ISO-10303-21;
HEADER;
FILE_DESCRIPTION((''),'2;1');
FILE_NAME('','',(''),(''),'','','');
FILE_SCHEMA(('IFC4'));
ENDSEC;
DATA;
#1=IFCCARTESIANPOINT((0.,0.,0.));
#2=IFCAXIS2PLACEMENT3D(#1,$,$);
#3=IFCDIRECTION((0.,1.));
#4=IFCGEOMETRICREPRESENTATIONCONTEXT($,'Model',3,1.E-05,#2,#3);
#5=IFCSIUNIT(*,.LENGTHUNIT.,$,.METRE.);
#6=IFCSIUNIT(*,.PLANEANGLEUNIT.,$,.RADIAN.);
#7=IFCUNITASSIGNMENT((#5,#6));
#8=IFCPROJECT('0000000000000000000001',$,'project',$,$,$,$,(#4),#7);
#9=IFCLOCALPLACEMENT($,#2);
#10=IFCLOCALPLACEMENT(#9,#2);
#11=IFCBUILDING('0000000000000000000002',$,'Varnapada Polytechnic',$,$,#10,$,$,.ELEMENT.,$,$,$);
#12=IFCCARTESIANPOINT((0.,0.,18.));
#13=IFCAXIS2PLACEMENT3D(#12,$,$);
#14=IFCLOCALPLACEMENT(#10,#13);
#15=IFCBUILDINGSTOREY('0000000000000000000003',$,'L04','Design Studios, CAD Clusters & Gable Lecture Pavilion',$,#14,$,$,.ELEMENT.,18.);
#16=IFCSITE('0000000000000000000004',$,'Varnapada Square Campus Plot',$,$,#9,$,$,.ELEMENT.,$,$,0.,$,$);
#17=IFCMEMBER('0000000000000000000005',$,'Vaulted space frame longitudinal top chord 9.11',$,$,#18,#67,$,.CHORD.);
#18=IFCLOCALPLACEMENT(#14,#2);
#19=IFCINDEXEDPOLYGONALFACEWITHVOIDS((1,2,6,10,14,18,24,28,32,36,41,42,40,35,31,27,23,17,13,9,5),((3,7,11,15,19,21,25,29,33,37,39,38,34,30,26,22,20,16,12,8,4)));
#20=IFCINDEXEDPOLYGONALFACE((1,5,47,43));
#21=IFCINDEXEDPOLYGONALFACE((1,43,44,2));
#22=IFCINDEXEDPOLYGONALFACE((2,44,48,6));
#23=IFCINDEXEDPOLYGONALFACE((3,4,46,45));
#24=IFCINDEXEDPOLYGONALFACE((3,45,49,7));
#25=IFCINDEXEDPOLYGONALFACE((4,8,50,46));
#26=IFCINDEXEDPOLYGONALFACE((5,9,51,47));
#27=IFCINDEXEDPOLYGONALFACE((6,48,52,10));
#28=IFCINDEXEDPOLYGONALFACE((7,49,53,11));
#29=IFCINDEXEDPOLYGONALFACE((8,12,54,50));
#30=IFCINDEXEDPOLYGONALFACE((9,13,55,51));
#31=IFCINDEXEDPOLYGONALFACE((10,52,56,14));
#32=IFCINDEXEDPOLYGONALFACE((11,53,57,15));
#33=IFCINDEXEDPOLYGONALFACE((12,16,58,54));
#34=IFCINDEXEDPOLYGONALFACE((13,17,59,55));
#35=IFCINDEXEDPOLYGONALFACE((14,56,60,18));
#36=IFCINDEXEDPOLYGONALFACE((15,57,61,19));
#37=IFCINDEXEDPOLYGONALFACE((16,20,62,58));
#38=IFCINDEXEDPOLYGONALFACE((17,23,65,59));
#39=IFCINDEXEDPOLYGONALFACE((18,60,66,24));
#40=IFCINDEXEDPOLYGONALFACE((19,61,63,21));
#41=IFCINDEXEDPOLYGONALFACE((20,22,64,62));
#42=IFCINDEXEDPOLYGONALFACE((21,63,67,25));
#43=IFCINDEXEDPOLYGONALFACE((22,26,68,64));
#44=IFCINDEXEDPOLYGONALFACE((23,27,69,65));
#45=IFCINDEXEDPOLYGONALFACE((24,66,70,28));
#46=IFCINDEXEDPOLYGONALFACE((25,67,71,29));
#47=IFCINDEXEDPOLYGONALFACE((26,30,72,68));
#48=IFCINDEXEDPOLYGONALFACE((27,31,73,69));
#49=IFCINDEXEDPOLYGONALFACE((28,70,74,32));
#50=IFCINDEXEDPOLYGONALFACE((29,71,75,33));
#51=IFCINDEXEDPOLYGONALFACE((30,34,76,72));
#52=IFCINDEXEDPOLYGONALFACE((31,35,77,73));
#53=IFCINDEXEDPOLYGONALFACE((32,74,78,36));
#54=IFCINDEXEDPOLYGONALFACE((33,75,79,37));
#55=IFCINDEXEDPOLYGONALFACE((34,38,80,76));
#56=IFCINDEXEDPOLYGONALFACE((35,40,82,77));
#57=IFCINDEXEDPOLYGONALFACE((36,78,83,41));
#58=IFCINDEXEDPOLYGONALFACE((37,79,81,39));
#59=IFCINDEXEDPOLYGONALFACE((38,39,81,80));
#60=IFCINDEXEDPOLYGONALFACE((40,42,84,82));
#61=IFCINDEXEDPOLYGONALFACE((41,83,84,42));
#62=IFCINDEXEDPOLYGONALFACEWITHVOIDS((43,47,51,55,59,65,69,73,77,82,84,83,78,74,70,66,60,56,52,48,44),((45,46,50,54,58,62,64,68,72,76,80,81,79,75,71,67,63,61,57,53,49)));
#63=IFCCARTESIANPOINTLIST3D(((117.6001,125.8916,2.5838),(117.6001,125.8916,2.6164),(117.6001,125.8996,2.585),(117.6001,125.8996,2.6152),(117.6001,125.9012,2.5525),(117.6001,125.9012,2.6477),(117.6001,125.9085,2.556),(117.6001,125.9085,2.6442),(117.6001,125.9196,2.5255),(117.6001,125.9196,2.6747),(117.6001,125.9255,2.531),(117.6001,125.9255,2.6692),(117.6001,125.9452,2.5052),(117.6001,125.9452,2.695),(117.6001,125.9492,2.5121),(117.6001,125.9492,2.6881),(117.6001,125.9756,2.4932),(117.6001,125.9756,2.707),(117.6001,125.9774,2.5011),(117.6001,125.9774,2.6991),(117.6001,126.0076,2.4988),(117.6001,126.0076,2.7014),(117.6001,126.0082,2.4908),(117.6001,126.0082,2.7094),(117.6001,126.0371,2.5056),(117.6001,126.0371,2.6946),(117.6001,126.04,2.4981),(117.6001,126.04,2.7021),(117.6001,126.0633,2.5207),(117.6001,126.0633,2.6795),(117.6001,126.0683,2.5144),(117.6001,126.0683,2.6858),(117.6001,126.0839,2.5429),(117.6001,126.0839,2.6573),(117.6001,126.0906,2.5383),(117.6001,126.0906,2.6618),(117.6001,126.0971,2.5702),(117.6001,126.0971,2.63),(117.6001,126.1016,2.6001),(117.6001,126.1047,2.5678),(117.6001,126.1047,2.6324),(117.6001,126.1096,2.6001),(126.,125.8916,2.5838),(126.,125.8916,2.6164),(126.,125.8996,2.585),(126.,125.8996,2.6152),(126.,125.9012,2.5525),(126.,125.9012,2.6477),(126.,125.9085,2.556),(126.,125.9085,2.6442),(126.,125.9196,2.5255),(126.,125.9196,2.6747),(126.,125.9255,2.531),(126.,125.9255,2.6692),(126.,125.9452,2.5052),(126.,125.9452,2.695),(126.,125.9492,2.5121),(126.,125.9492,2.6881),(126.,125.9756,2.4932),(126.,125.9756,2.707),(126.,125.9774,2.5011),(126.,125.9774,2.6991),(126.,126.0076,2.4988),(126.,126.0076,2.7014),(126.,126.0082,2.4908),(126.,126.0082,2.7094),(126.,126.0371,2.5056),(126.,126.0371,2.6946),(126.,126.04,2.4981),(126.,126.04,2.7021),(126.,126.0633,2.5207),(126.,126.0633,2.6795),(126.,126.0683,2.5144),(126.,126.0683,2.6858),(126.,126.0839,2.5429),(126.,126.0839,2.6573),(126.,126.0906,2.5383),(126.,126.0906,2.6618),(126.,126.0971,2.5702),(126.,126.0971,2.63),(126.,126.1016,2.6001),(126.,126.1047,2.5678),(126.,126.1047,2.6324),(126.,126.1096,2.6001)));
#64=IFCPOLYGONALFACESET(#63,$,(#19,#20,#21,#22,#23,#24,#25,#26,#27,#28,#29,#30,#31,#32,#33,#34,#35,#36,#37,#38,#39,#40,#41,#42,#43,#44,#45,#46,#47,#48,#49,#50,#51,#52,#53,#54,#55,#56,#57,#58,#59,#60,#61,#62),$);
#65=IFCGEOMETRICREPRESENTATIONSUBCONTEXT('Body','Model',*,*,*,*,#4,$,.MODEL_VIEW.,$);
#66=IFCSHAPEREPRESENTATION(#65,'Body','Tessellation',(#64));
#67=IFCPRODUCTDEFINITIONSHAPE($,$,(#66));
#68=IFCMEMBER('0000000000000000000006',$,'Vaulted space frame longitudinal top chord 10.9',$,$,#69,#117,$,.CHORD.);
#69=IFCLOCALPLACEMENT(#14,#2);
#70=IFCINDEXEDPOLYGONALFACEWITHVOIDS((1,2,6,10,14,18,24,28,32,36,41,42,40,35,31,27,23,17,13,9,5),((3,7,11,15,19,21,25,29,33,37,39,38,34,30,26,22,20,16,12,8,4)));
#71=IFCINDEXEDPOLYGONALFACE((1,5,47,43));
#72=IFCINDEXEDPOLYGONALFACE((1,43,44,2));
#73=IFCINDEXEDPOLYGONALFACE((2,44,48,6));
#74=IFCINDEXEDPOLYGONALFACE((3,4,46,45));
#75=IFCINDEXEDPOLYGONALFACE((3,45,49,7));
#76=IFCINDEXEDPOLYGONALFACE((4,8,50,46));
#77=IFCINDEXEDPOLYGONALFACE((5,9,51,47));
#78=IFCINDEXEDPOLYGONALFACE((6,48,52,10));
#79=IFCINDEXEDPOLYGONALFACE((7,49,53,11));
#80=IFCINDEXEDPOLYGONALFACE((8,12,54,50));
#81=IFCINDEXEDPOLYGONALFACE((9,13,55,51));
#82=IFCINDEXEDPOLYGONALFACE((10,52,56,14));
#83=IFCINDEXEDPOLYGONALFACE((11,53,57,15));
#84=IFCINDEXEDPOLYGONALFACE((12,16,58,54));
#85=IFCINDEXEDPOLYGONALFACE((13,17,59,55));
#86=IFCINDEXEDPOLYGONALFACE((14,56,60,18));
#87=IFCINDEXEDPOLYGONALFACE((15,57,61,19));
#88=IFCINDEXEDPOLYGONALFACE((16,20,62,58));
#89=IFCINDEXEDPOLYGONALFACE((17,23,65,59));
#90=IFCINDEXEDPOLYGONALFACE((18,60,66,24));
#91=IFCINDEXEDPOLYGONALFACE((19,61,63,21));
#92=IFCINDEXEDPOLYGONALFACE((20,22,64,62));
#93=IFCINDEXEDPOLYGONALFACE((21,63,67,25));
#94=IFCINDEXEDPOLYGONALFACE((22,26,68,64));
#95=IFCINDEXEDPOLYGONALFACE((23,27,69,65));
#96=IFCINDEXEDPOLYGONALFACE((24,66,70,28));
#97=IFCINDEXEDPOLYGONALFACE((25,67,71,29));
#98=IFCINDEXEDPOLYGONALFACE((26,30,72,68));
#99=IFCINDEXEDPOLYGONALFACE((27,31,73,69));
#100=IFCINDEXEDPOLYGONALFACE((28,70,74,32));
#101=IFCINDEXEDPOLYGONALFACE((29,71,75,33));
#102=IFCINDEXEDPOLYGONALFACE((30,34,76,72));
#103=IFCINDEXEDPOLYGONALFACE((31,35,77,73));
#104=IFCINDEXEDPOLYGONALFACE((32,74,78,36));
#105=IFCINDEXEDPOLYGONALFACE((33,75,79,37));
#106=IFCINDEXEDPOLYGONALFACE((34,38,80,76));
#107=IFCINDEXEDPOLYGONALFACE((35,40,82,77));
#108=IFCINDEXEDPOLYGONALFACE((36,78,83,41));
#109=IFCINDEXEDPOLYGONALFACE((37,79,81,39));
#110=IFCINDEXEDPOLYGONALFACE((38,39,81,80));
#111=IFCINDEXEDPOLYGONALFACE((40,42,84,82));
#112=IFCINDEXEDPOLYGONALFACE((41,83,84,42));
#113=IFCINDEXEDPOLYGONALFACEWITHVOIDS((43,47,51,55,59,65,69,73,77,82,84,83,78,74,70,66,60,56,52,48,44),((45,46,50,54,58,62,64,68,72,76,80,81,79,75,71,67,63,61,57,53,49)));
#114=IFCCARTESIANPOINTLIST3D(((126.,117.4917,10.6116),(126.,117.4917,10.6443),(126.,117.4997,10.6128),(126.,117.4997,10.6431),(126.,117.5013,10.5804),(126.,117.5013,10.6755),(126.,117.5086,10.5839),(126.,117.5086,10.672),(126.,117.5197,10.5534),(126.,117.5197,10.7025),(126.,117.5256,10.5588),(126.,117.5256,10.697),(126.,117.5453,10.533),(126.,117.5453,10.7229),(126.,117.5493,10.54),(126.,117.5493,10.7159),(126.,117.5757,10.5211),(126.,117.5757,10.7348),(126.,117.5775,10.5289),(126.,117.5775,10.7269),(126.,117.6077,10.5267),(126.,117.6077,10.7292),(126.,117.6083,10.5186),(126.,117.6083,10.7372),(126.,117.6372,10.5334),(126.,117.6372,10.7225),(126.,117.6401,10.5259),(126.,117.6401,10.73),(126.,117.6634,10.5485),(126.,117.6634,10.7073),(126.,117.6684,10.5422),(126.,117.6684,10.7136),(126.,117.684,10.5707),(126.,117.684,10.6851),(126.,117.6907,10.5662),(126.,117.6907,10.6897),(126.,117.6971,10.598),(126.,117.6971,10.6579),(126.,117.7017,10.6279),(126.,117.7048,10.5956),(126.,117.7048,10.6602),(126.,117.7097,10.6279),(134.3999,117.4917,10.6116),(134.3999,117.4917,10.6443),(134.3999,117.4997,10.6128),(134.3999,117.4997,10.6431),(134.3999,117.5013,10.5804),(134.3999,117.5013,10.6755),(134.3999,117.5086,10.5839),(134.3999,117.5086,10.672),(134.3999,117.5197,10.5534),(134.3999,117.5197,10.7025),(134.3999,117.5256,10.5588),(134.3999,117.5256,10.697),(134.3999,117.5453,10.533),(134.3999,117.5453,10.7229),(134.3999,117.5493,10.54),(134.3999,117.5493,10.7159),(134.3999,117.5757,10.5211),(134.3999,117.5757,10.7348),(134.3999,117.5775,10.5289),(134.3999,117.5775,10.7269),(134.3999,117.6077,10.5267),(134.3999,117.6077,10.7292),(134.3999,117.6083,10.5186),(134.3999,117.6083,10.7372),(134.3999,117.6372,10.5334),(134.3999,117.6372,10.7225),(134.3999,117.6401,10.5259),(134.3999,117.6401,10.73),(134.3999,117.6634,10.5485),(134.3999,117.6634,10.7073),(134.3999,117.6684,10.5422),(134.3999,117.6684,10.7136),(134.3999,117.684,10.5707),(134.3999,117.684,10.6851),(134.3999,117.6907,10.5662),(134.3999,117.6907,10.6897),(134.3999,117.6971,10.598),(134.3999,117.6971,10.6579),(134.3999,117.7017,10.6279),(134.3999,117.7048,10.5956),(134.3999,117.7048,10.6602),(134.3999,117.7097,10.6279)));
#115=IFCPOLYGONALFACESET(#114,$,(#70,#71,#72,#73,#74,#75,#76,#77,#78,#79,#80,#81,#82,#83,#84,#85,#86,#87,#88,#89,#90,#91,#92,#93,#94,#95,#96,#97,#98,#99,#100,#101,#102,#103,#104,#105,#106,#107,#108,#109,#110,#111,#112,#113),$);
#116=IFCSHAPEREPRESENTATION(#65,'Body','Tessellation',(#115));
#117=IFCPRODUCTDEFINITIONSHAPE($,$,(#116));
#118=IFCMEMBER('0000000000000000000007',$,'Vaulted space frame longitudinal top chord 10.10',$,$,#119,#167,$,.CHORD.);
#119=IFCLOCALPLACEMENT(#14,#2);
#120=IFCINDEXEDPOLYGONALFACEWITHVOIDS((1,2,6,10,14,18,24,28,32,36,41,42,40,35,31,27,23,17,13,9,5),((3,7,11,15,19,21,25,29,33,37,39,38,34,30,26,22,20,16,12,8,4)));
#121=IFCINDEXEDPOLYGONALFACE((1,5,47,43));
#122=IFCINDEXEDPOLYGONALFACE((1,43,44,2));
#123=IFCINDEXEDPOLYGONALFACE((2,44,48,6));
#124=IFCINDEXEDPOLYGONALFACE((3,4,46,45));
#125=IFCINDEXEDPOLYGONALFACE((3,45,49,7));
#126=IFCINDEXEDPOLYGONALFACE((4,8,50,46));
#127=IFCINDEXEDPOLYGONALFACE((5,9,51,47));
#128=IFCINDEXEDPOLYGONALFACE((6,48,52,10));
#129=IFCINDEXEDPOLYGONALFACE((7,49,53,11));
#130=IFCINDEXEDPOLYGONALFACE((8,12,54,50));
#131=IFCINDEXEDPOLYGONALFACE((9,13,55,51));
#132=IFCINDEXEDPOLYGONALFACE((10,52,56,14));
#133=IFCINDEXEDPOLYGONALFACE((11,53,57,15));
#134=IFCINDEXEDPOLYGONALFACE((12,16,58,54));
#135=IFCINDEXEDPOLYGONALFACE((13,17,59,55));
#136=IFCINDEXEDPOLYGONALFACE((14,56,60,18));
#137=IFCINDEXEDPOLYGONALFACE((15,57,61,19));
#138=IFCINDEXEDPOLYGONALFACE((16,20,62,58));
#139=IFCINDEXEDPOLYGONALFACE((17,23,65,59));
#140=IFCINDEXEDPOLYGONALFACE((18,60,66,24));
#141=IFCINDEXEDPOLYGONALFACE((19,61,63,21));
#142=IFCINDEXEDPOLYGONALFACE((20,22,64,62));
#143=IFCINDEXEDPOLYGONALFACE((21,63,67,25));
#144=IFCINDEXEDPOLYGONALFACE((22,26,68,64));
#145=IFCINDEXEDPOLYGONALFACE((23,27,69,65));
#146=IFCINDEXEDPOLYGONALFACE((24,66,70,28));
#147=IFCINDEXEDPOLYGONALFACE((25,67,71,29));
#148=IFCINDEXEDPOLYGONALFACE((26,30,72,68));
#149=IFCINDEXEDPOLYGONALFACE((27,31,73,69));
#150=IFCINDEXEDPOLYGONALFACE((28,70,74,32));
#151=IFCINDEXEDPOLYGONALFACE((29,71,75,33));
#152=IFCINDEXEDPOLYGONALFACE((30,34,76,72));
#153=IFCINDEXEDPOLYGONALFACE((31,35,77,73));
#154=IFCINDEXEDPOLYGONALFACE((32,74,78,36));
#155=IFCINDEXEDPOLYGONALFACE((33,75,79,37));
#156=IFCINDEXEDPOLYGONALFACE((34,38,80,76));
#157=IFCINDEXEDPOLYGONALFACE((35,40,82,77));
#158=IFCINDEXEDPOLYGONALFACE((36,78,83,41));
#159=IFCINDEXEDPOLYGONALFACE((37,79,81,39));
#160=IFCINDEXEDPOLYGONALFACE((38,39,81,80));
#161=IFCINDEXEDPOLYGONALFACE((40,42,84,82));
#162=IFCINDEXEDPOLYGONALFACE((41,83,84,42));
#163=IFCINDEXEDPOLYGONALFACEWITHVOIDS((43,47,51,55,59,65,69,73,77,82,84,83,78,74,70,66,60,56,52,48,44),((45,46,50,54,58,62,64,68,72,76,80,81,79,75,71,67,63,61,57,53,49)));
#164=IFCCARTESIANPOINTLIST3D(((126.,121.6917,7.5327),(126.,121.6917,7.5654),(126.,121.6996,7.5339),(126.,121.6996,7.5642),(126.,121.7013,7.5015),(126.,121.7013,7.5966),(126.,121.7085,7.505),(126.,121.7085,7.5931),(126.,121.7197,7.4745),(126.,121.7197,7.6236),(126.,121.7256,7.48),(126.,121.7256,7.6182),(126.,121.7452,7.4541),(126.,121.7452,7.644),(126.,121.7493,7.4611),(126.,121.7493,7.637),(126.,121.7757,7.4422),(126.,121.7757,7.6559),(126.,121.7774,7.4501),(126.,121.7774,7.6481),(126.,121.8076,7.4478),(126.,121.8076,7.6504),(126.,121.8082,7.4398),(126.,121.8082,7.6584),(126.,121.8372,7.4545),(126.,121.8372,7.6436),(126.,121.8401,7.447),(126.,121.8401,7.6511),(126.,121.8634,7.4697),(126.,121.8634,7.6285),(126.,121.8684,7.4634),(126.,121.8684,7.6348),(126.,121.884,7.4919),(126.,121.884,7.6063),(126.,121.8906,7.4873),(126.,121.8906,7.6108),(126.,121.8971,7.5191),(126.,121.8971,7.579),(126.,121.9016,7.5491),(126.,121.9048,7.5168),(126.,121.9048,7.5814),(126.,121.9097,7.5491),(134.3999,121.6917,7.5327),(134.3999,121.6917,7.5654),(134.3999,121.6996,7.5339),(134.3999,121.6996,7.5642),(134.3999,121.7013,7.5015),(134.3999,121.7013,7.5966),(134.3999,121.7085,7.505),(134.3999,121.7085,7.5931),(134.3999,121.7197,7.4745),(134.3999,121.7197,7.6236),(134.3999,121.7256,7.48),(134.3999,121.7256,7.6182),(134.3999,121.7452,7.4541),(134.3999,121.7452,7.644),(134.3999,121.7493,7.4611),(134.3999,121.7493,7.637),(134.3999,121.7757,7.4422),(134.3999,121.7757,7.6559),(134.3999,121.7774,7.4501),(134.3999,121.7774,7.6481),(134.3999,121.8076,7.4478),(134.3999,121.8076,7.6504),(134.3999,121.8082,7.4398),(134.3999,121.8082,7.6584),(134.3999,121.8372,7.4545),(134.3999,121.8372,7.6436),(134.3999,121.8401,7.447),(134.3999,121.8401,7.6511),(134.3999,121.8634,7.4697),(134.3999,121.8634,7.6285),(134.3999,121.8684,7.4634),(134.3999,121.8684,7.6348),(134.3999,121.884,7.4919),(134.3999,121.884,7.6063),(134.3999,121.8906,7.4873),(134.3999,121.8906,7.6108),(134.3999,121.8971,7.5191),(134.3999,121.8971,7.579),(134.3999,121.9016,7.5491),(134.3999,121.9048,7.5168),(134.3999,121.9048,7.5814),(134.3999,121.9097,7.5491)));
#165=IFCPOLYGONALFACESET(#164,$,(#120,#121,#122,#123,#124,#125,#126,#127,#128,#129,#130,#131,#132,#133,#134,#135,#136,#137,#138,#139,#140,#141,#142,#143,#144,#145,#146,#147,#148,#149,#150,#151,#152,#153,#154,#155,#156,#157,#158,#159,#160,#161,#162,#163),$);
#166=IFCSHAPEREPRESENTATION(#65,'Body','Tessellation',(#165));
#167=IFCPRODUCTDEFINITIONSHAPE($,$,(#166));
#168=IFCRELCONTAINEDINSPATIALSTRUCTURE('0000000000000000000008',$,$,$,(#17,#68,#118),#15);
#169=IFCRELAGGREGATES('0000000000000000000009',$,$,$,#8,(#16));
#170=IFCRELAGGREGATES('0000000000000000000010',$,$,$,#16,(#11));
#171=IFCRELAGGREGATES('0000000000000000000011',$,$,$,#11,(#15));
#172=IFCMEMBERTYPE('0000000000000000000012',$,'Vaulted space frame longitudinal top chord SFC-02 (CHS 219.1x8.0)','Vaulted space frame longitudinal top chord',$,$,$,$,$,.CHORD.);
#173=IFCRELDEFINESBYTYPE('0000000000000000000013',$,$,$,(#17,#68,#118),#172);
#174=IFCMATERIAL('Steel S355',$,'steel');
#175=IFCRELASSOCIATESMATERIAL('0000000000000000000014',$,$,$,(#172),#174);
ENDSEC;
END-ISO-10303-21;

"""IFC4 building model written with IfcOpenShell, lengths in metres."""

from ifc_helpers import new_model, si_unit, direction, frame, origin, origin_2d, place, context, subcontext, project, spatial, hollow_circle, extrude, material, material_profile, profile_set, type_object, element, save


model = new_model("IFC4")

# Units and contexts
model_context = context("Model", 3, precision=1e-05, world=origin(), true_north=direction((0.0, 1.0)))
body_context = subcontext(model_context, "Body", "Model", "MODEL_VIEW")
ifc_project = project(units=[si_unit("LENGTHUNIT", "METRE"), si_unit("PLANEANGLEUNIT", "RADIAN")], contexts=[model_context])

# Site, building, storey
site_placement = place(None, origin())
site = spatial("IfcSite", under=ifc_project, at=site_placement, Name="Varnapada Square Campus Plot", CompositionType="ELEMENT", RefElevation=0.0)
building_placement = place(site_placement, origin())
building = spatial("IfcBuilding", under=site, at=building_placement, Name="Varnapada Polytechnic", CompositionType="ELEMENT")
storey_placement = place(building_placement, frame((0.0, 0.0, 18.0)))
storey = spatial("IfcBuildingStorey", under=building, at=storey_placement, Name="L04", Description="Design Studios, CAD Clusters & Gable Lecture Pavilion", CompositionType="ELEMENT", Elevation=18.0)

# Shared definitions
ifc_material = material(Name="Steel S355", Category="steel")

# Members
ifc_material_profile_1 = material_profile(ifc_material, hollow_circle(Radius=0.1096, WallThickness=0.0081, at=origin_2d()), Name="CHS 219.1x8.0")
ifc_profile_set_1 = profile_set([ifc_material_profile_1], Name="Steel S355")
member_type_1 = type_object("IfcMemberType", Name="Vaulted space frame longitudinal top chord SFC-02 (CHS 219.1x8.0)", Description="Vaulted space frame longitudinal top chord", PredefinedType="CHORD", material=ifc_profile_set_1)
for number, where, z_axis, x_axis, name in (
    (1, (117.6001, 126.0, 2.6001), (1.0, 0.0, 0.0), (0.0, 1.0, 0.0), "Vaulted space frame longitudinal top chord 9.11"),
    (2, (126.0, 117.6001, 10.6279), (1.0, 0.0, 0.0), (0.0, 1.0, 0.0), "Vaulted space frame longitudinal top chord 10.9"),
    (3, (126.0, 121.8, 7.5491), (1.0, 0.0, 0.0), (0.0, 1.0, 0.0), "Vaulted space frame longitudinal top chord 10.10"),
):
    element("IfcMember", number, at=place(storey_placement, frame(where, z_axis=z_axis, x_axis=x_axis)), inside=storey, type_object=member_type_1, Name=name, PredefinedType="CHORD", context=body_context, shape_type="SweptSolid", body=[
        extrude(hollow_circle(Radius=0.1096, WallThickness=0.0081, at=origin_2d()), origin(), (0.0, 0.0, 1.0), 8.3999),
    ])

save(model, "model.ifc")
